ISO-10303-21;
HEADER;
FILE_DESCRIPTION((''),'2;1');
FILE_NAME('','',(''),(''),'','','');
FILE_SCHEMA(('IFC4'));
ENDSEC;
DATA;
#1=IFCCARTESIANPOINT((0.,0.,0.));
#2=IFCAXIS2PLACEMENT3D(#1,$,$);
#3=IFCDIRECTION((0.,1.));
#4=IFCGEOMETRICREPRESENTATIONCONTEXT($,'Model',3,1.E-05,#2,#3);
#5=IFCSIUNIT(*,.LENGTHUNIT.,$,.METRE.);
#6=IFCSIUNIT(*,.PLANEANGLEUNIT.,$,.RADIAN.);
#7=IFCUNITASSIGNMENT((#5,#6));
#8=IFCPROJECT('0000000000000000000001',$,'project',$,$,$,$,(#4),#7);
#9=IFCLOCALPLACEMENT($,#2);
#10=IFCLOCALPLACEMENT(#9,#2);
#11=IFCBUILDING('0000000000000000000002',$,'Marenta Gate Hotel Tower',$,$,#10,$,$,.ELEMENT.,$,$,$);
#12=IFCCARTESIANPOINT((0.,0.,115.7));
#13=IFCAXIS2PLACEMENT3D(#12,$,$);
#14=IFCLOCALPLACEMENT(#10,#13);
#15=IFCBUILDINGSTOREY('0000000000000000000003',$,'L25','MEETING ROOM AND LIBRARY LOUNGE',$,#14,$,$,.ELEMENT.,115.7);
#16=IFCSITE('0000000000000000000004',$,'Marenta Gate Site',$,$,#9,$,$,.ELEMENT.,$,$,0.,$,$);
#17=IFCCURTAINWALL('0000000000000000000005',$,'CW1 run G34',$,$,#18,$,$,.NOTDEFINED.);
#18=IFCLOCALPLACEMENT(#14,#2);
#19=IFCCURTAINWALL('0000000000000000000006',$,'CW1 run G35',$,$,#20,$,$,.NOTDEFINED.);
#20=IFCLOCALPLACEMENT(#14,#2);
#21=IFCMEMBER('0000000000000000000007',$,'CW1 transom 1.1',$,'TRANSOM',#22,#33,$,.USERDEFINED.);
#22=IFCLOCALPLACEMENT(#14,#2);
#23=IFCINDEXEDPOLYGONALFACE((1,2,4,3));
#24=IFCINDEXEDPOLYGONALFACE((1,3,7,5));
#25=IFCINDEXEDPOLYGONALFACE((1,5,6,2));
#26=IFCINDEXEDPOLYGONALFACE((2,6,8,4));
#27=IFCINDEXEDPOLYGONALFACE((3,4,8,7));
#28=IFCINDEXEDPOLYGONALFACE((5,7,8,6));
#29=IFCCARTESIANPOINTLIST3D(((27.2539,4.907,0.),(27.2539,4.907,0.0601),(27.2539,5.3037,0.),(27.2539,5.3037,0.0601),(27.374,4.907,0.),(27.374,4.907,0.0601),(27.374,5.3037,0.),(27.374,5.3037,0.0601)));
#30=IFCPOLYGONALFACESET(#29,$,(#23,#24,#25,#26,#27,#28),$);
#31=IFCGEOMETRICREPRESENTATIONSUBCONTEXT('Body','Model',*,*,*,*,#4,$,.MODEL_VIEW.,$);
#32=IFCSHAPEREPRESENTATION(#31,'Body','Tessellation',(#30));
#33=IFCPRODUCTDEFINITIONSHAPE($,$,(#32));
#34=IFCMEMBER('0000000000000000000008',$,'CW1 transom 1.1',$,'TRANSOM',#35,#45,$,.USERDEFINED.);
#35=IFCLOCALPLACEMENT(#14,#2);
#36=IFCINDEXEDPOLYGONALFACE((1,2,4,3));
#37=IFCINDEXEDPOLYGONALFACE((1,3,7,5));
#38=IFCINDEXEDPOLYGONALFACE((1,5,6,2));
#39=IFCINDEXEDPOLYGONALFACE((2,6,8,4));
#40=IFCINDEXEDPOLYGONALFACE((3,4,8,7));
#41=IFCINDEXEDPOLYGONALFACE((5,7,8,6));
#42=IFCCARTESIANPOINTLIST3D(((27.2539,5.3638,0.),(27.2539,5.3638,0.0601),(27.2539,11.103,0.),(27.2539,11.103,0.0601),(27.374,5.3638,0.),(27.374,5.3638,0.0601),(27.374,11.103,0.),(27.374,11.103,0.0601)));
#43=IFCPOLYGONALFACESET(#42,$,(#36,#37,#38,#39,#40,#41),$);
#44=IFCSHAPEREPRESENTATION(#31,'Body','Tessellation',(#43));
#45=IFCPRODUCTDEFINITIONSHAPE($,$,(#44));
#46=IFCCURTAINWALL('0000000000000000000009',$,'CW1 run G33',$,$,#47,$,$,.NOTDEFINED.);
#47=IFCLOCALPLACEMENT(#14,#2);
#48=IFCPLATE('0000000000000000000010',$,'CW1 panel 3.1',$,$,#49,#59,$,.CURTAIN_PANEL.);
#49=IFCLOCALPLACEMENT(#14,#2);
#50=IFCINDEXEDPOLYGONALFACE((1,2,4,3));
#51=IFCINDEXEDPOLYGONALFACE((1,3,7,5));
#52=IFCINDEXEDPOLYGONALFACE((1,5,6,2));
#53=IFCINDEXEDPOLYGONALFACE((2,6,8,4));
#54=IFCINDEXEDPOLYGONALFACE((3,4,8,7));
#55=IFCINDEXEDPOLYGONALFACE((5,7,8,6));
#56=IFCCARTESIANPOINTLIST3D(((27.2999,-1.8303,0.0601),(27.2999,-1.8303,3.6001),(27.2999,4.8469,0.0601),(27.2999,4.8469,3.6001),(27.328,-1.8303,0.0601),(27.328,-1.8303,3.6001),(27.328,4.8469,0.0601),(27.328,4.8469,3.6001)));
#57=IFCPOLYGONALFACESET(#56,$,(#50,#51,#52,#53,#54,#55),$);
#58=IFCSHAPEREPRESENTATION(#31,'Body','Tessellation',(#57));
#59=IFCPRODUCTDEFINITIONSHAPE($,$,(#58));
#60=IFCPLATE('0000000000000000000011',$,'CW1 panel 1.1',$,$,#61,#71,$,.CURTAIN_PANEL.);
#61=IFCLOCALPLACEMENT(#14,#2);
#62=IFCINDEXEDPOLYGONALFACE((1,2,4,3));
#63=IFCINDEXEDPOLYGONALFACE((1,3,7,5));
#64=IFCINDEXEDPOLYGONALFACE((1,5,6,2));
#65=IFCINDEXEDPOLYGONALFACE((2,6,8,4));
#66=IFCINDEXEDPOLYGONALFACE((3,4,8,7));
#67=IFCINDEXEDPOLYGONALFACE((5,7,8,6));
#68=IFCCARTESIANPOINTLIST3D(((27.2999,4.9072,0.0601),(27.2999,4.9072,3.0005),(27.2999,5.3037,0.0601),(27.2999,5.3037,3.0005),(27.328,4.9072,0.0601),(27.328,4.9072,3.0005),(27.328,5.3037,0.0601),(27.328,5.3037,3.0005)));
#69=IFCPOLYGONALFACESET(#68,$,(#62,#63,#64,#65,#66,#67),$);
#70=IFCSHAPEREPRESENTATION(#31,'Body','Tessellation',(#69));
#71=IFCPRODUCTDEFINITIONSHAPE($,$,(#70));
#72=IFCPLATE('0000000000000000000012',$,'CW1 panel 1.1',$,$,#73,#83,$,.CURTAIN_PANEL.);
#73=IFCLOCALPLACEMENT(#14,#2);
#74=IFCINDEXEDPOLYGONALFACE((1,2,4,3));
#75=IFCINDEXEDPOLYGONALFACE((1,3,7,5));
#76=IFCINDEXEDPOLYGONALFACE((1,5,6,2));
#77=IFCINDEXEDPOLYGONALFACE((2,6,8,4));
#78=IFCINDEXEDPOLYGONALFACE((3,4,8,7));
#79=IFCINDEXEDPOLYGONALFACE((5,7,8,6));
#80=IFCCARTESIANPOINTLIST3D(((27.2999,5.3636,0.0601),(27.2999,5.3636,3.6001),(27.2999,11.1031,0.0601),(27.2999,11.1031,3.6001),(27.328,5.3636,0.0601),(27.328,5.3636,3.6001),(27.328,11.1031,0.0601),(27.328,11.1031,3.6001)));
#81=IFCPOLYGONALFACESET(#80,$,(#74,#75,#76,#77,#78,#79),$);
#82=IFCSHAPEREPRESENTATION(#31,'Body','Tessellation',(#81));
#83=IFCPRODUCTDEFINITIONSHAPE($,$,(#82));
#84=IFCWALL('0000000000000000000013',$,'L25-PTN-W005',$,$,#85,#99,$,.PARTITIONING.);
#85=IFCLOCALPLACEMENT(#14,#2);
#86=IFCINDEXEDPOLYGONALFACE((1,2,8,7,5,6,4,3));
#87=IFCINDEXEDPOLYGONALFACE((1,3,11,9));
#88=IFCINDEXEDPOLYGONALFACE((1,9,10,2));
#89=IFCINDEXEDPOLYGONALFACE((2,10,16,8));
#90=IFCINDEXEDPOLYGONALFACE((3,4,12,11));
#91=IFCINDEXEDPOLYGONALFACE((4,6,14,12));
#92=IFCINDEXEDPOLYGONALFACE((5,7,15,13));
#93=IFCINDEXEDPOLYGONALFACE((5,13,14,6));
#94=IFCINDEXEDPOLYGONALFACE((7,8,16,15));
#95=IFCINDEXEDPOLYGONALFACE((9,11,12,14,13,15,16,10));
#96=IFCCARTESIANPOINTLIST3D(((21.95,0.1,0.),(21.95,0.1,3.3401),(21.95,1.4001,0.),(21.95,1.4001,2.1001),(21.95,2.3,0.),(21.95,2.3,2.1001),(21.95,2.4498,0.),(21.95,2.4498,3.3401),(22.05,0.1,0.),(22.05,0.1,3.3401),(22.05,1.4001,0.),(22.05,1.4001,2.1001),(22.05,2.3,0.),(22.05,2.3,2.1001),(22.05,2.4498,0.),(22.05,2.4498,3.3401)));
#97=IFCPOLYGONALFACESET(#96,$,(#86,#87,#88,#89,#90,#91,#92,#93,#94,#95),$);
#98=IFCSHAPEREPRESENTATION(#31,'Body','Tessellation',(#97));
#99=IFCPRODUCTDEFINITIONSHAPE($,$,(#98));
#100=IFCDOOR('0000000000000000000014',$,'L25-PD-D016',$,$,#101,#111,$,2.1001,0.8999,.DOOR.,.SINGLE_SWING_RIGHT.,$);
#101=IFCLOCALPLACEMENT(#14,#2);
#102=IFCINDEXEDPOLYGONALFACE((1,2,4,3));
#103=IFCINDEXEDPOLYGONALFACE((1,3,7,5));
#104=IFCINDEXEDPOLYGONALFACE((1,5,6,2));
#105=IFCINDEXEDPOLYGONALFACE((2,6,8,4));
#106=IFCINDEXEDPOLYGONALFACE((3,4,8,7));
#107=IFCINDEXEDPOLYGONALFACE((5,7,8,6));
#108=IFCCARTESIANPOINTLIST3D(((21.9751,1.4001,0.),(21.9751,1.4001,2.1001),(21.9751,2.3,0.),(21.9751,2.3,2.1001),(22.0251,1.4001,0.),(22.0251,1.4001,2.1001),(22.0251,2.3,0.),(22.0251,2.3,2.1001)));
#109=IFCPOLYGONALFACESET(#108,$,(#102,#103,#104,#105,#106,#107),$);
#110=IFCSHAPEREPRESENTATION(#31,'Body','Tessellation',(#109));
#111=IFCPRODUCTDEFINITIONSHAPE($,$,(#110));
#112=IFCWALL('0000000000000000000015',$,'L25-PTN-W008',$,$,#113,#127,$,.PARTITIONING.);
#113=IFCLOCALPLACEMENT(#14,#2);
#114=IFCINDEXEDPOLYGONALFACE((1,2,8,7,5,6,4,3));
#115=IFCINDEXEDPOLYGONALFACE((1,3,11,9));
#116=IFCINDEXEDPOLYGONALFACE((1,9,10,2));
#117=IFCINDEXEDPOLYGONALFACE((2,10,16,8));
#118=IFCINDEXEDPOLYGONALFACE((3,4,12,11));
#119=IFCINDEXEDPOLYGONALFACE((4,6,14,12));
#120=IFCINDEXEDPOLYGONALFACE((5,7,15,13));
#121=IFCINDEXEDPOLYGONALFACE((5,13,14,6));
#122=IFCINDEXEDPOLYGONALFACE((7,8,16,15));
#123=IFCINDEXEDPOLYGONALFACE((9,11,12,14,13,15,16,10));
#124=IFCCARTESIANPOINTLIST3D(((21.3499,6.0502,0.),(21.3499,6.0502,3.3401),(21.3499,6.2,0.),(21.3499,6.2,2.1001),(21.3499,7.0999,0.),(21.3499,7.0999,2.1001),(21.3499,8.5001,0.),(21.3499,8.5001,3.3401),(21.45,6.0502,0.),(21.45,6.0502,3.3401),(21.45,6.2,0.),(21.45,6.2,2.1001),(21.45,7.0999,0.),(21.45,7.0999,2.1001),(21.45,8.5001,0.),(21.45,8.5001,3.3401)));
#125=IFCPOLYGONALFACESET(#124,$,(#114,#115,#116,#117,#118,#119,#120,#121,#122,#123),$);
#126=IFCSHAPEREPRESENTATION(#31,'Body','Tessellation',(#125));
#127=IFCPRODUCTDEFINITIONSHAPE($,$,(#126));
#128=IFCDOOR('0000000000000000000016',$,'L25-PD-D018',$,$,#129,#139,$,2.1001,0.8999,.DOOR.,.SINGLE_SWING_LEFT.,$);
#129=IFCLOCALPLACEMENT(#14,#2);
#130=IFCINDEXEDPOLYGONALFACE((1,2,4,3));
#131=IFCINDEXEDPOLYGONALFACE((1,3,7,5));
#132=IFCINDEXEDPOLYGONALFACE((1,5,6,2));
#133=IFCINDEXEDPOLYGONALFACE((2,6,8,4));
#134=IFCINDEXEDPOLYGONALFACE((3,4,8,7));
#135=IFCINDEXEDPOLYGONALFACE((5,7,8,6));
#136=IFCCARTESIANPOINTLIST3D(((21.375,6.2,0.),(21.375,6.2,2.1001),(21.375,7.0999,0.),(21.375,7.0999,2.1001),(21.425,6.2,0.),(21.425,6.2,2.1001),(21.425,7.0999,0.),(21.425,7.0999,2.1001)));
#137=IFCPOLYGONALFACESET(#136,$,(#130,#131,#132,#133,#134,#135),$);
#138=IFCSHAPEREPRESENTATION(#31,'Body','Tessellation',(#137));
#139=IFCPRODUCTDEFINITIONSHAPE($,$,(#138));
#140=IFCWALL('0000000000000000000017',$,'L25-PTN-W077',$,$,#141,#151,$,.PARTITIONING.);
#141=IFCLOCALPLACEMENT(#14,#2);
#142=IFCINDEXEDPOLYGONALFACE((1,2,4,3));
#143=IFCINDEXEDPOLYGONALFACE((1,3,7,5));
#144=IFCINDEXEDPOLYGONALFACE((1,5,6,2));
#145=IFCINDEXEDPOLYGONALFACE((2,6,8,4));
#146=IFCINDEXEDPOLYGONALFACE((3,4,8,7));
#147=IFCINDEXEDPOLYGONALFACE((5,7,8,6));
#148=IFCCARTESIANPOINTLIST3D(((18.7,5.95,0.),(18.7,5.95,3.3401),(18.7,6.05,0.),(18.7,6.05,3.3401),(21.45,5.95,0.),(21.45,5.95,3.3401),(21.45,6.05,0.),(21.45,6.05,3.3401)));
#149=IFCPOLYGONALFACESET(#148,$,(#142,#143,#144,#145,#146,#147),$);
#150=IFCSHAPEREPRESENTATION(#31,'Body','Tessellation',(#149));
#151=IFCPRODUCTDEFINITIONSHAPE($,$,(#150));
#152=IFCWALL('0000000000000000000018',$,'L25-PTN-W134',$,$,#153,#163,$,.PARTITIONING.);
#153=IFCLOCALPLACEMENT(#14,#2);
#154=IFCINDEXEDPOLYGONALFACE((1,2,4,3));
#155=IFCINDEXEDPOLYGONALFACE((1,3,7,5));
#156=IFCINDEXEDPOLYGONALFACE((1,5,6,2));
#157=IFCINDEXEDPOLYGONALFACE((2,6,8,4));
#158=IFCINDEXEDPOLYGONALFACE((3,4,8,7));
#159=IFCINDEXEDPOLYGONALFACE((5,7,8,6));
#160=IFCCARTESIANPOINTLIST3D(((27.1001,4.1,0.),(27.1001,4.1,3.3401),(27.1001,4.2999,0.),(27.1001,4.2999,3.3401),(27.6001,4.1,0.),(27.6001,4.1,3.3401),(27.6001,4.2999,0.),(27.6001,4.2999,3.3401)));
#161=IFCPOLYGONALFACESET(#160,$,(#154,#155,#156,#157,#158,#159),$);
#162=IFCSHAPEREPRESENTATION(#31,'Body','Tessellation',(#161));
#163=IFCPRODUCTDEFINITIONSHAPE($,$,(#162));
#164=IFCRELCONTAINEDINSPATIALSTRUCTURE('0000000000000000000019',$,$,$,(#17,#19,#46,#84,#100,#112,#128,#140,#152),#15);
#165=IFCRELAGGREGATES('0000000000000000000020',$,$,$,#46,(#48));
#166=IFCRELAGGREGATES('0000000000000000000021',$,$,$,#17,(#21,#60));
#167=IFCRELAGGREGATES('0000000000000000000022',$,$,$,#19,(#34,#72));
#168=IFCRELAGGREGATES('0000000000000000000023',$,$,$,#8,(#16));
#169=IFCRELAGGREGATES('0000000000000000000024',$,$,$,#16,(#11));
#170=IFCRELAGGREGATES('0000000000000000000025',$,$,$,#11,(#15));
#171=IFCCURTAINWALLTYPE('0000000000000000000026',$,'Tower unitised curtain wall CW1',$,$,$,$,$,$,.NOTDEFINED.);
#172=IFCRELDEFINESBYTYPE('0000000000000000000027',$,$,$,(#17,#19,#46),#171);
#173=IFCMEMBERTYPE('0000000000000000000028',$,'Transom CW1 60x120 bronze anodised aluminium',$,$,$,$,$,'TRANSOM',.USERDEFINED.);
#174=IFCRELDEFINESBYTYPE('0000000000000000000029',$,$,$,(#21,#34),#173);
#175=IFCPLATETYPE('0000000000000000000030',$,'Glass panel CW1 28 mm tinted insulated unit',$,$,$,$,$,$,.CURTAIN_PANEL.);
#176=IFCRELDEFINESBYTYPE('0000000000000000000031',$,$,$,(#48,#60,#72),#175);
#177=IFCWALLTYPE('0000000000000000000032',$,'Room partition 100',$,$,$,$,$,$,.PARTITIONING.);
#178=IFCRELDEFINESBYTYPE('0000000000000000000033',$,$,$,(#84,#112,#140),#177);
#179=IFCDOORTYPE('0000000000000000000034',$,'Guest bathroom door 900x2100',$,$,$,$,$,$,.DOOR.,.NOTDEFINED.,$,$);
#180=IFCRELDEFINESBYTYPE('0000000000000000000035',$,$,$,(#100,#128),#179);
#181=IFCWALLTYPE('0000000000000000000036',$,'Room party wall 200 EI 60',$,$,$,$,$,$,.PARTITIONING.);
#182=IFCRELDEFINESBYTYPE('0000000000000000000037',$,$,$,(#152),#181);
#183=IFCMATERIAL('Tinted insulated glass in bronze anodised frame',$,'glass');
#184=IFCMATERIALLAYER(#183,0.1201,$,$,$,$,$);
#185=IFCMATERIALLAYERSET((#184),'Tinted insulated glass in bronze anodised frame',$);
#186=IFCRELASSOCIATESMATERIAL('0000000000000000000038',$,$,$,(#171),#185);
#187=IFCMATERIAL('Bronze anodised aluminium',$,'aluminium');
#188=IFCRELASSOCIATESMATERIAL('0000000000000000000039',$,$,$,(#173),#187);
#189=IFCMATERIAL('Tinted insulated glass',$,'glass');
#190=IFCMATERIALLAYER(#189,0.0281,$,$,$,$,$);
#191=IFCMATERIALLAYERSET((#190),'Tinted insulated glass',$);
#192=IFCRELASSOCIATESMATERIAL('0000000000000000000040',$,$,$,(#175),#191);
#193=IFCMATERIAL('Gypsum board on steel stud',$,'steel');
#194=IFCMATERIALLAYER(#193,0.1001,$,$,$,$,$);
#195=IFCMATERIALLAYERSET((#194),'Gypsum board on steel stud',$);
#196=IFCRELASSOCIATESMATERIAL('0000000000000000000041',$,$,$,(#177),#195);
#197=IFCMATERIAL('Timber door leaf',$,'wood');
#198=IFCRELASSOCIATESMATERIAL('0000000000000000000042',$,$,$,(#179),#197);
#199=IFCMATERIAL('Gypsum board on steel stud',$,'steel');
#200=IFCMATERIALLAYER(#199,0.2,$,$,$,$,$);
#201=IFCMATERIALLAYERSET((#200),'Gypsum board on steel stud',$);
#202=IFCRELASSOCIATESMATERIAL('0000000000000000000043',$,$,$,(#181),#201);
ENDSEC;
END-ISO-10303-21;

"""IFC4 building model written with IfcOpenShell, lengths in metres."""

from ifc_helpers import new_model, si_unit, direction, frame, frame_2d, origin, origin_2d, place, context, subcontext, project, spatial, rectangle, extrude, material, layer, layer_set, material_profile, profile_set, type_object, element, fill, aggregate, save


model = new_model("IFC4")

# Units and contexts
model_context = context("Model", 3, precision=1e-05, world=origin(), true_north=direction((0.0, 1.0)))
body_context = subcontext(model_context, "Body", "Model", "MODEL_VIEW")
ifc_project = project(units=[si_unit("LENGTHUNIT", "METRE"), si_unit("PLANEANGLEUNIT", "RADIAN")], contexts=[model_context])

# Site, building, storey
site_placement = place(None, origin())
site = spatial("IfcSite", under=ifc_project, at=site_placement, Name="Marenta Gate Site", CompositionType="ELEMENT", RefElevation=0.0)
building_placement = place(site_placement, origin())
building = spatial("IfcBuilding", under=site, at=building_placement, Name="Marenta Gate Hotel Tower", CompositionType="ELEMENT")
storey_placement = place(building_placement, frame((0.0, 0.0, 115.7)))
storey = spatial("IfcBuildingStorey", under=building, at=storey_placement, Name="L25", Description="MEETING ROOM AND LIBRARY LOUNGE", CompositionType="ELEMENT", Elevation=115.7)

# Curtain walls
ifc_material_1 = material(Name="Tinted insulated glass in bronze anodised frame", Category="glass")
ifc_layer_1 = layer(ifc_material_1, 0.1201)
ifc_layer_set_1 = layer_set([ifc_layer_1], Name="Tinted insulated glass in bronze anodised frame")
curtain_wall_type = type_object("IfcCurtainWallType", Name="Tower unitised curtain wall CW1", PredefinedType="NOTDEFINED", material=ifc_layer_set_1)
curtain_wall_1_placement = place(storey_placement, origin())
curtain_wall_1 = element("IfcCurtainWall", 1, at=curtain_wall_1_placement, inside=storey, type_object=curtain_wall_type, Name="CW1 run G34", PredefinedType="NOTDEFINED")
curtain_wall_2_placement = place(storey_placement, origin())
curtain_wall_2 = element("IfcCurtainWall", 2, at=curtain_wall_2_placement, inside=storey, type_object=curtain_wall_type, Name="CW1 run G35", PredefinedType="NOTDEFINED")

# Members
ifc_material_2 = material(Name="Bronze anodised aluminium", Category="aluminium")
ifc_material_profile_1 = material_profile(ifc_material_2, rectangle(XDim=0.1201, YDim=0.0601, at=origin_2d()), Name="Transom CW1 60x120 bronze anodised aluminium")
ifc_profile_set_1 = profile_set([ifc_material_profile_1], Name="Bronze anodised aluminium")
member_type_1 = type_object("IfcMemberType", Name="Transom CW1 60x120 bronze anodised aluminium", ElementType="TRANSOM", PredefinedType="USERDEFINED", material=ifc_profile_set_1)
member_1_placement = place(storey_placement, frame((27.314, 4.907, 0.03), z_axis=(0.0, 1.0, 0.0), x_axis=(-1.0, 0.0, 0.0)))
member_1 = element("IfcMember", 3, at=member_1_placement, type_object=member_type_1, Name="CW1 transom 1.1", ObjectType="TRANSOM", PredefinedType="USERDEFINED", context=body_context, shape_type="SweptSolid", body=[
    extrude(rectangle(XDim=0.1201, YDim=0.0601, at=origin_2d()), origin(), (0.0, 0.0, 1.0), 0.3967),
])
member_2_placement = place(storey_placement, frame((27.314, 5.3638, 0.03), z_axis=(0.0, 1.0, 0.0), x_axis=(-1.0, 0.0, 0.0)))
member_2 = element("IfcMember", 4, at=member_2_placement, type_object=member_type_1, Name="CW1 transom 1.1", ObjectType="TRANSOM", PredefinedType="USERDEFINED", context=body_context, shape_type="SweptSolid", body=[
    extrude(rectangle(XDim=0.1201, YDim=0.0601, at=origin_2d()), origin(), (0.0, 0.0, 1.0), 5.7393),
])

# Curtain wall, plate
curtain_wall_3_placement = place(storey_placement, origin())
curtain_wall_3 = element("IfcCurtainWall", 5, at=curtain_wall_3_placement, inside=storey, type_object=curtain_wall_type, Name="CW1 run G33", PredefinedType="NOTDEFINED")
ifc_material_3 = material(Name="Tinted insulated glass", Category="glass")
ifc_layer_2 = layer(ifc_material_3, 0.0281)
ifc_layer_set_2 = layer_set([ifc_layer_2], Name="Tinted insulated glass")
plate_type = type_object("IfcPlateType", Name="Glass panel CW1 28 mm tinted insulated unit", PredefinedType="CURTAIN_PANEL", material=ifc_layer_set_2)
plate_1_placement = place(storey_placement, frame((27.314, 1.5083, 0.0601), z_axis=(0.0, 0.0, 1.0), x_axis=(0.0, 1.0, 0.0)))
plate_1 = element("IfcPlate", 6, at=plate_1_placement, type_object=plate_type, Name="CW1 panel 3.1", PredefinedType="CURTAIN_PANEL", context=body_context, shape_type="SweptSolid", body=[
    extrude(rectangle(XDim=6.6772, YDim=0.0281, at=origin_2d()), origin(), (0.0, 0.0, 1.0), 3.54),
])
aggregate(curtain_wall_3, [plate_1])

# Plates
plate_2_placement = place(storey_placement, frame((27.314, 5.1055, 0.0601), z_axis=(0.0, 0.0, 1.0), x_axis=(0.0, 1.0, 0.0)))
plate_2 = element("IfcPlate", 7, at=plate_2_placement, type_object=plate_type, Name="CW1 panel 1.1", PredefinedType="CURTAIN_PANEL", context=body_context, shape_type="SweptSolid", body=[
    extrude(rectangle(XDim=0.3965, YDim=0.0281, at=origin_2d()), origin(), (0.0, 0.0, 1.0), 2.9404),
])
aggregate(curtain_wall_1, [member_1, plate_2])
plate_3_placement = place(storey_placement, frame((27.314, 8.2334, 0.0601), z_axis=(0.0, 0.0, 1.0), x_axis=(0.0, 1.0, 0.0)))
plate_3 = element("IfcPlate", 8, at=plate_3_placement, type_object=plate_type, Name="CW1 panel 1.1", PredefinedType="CURTAIN_PANEL", context=body_context, shape_type="SweptSolid", body=[
    extrude(rectangle(XDim=5.7395, YDim=0.0281, at=origin_2d()), origin(), (0.0, 0.0, 1.0), 3.54),
])
aggregate(curtain_wall_2, [member_2, plate_3])

# Walls, openings, doors
ifc_material_4 = material(Name="Gypsum board on steel stud", Category="steel")
ifc_layer_3 = layer(ifc_material_4, 0.1001)
ifc_layer_set_3 = layer_set([ifc_layer_3], Name="Gypsum board on steel stud")
wall_type_1 = type_object("IfcWallType", Name="Room partition 100", PredefinedType="PARTITIONING", material=ifc_layer_set_3)
wall_1_placement = place(storey_placement, frame((22.0, 0.1001, 0.0), z_axis=(0.0, 0.0, 1.0), x_axis=(0.0, 1.0, 0.0)))
wall_1 = element("IfcWall", 9, at=wall_1_placement, inside=storey, type_object=wall_type_1, Name="L25-PTN-W005", PredefinedType="PARTITIONING", context=body_context, shape_type="SweptSolid", body=[
    extrude(rectangle(XDim=2.3499, YDim=0.1001, at=frame_2d((1.1748, 0.0))), origin(), (0.0, 0.0, 1.0), 3.3401),
])
opening_1_placement = place(wall_1_placement, frame((1.3, 0.0, 0.0)))
opening_1 = element("IfcOpeningElement", 10, at=opening_1_placement, cuts=wall_1, PredefinedType="OPENING", context=body_context, shape_type="SweptSolid", body=[
    extrude(rectangle(XDim=0.8999, YDim=2.1001, at=frame_2d((0.45, 1.05))), frame((0.0, 0.05, 0.0), z_axis=(0.0, -1.0, 0.0), x_axis=(1.0, 0.0, 0.0)), (0.0, 0.0, 1.0), 0.1001),
])
ifc_material_5 = material(Name="Timber door leaf", Category="wood")
door_type = type_object("IfcDoorType", Name="Guest bathroom door 900x2100", OperationType="NOTDEFINED", PredefinedType="DOOR", material=ifc_material_5)
door_1_placement = place(opening_1_placement, origin())
door_1 = element("IfcDoor", 11, at=door_1_placement, inside=storey, type_object=door_type, Name="L25-PD-D016", OperationType="SINGLE_SWING_RIGHT", OverallHeight=2.1001, OverallWidth=0.8999, PredefinedType="DOOR", context=body_context, shape_type="SweptSolid", body=[
    extrude(rectangle(XDim=0.8999, YDim=2.1001, at=frame_2d((0.45, 1.05))), frame((0.0, 0.0249, 0.0), z_axis=(0.0, -1.0, 0.0), x_axis=(1.0, 0.0, 0.0)), (0.0, 0.0, 1.0), 0.05),
])
fill(opening_1, door_1)
wall_2_placement = place(storey_placement, frame((21.3999, 6.05, 0.0), z_axis=(0.0, 0.0, 1.0), x_axis=(0.0, 1.0, 0.0)))
wall_2 = element("IfcWall", 12, at=wall_2_placement, inside=storey, type_object=wall_type_1, Name="L25-PTN-W008", PredefinedType="PARTITIONING", context=body_context, shape_type="SweptSolid", body=[
    extrude(rectangle(XDim=2.45, YDim=0.1001, at=frame_2d((1.2251, 0.0))), origin(), (0.0, 0.0, 1.0), 3.3401),
])
opening_2_placement = place(wall_2_placement, frame((0.1499, 0.0, 0.0)))
opening_2 = element("IfcOpeningElement", 13, at=opening_2_placement, cuts=wall_2, PredefinedType="OPENING", context=body_context, shape_type="SweptSolid", body=[
    extrude(rectangle(XDim=0.8999, YDim=2.1001, at=frame_2d((0.45, 1.05))), frame((0.0, 0.05, 0.0), z_axis=(0.0, -1.0, 0.0), x_axis=(1.0, 0.0, 0.0)), (0.0, 0.0, 1.0), 0.1001),
])
door_2_placement = place(opening_2_placement, origin())
door_2 = element("IfcDoor", 14, at=door_2_placement, inside=storey, type_object=door_type, Name="L25-PD-D018", OperationType="SINGLE_SWING_LEFT", OverallHeight=2.1001, OverallWidth=0.8999, PredefinedType="DOOR", context=body_context, shape_type="SweptSolid", body=[
    extrude(rectangle(XDim=0.8999, YDim=2.1001, at=frame_2d((0.45, 1.05))), frame((0.0, 0.0249, 0.0), z_axis=(0.0, -1.0, 0.0), x_axis=(1.0, 0.0, 0.0)), (0.0, 0.0, 1.0), 0.05),
])
fill(opening_2, door_2)

# Walls
wall_3_placement = place(storey_placement, frame((18.7, 6.0, 0.0), z_axis=(0.0, 0.0, 1.0), x_axis=(1.0, 0.0, 0.0)))
element("IfcWall", 15, at=wall_3_placement, inside=storey, type_object=wall_type_1, Name="L25-PTN-W077", PredefinedType="PARTITIONING", context=body_context, shape_type="SweptSolid", body=[
    extrude(rectangle(XDim=2.75, YDim=0.1001, at=frame_2d((1.375, 0.0))), origin(), (0.0, 0.0, 1.0), 3.3401),
])
ifc_material_6 = material(Name="Gypsum board on steel stud", Category="steel")
ifc_layer_4 = layer(ifc_material_6, 0.2)
ifc_layer_set_4 = layer_set([ifc_layer_4], Name="Gypsum board on steel stud")
wall_type_2 = type_object("IfcWallType", Name="Room party wall 200 EI 60", PredefinedType="PARTITIONING", material=ifc_layer_set_4)
wall_4_placement = place(storey_placement, frame((27.1001, 4.2, 0.0), z_axis=(0.0, 0.0, 1.0), x_axis=(1.0, 0.0, 0.0)))
element("IfcWall", 16, at=wall_4_placement, inside=storey, type_object=wall_type_2, Name="L25-PTN-W134", PredefinedType="PARTITIONING", context=body_context, shape_type="SweptSolid", body=[
    extrude(rectangle(XDim=0.5, YDim=0.2, at=frame_2d((0.25, 0.0))), origin(), (0.0, 0.0, 1.0), 3.3401),
])

save(model, "model.ifc")
